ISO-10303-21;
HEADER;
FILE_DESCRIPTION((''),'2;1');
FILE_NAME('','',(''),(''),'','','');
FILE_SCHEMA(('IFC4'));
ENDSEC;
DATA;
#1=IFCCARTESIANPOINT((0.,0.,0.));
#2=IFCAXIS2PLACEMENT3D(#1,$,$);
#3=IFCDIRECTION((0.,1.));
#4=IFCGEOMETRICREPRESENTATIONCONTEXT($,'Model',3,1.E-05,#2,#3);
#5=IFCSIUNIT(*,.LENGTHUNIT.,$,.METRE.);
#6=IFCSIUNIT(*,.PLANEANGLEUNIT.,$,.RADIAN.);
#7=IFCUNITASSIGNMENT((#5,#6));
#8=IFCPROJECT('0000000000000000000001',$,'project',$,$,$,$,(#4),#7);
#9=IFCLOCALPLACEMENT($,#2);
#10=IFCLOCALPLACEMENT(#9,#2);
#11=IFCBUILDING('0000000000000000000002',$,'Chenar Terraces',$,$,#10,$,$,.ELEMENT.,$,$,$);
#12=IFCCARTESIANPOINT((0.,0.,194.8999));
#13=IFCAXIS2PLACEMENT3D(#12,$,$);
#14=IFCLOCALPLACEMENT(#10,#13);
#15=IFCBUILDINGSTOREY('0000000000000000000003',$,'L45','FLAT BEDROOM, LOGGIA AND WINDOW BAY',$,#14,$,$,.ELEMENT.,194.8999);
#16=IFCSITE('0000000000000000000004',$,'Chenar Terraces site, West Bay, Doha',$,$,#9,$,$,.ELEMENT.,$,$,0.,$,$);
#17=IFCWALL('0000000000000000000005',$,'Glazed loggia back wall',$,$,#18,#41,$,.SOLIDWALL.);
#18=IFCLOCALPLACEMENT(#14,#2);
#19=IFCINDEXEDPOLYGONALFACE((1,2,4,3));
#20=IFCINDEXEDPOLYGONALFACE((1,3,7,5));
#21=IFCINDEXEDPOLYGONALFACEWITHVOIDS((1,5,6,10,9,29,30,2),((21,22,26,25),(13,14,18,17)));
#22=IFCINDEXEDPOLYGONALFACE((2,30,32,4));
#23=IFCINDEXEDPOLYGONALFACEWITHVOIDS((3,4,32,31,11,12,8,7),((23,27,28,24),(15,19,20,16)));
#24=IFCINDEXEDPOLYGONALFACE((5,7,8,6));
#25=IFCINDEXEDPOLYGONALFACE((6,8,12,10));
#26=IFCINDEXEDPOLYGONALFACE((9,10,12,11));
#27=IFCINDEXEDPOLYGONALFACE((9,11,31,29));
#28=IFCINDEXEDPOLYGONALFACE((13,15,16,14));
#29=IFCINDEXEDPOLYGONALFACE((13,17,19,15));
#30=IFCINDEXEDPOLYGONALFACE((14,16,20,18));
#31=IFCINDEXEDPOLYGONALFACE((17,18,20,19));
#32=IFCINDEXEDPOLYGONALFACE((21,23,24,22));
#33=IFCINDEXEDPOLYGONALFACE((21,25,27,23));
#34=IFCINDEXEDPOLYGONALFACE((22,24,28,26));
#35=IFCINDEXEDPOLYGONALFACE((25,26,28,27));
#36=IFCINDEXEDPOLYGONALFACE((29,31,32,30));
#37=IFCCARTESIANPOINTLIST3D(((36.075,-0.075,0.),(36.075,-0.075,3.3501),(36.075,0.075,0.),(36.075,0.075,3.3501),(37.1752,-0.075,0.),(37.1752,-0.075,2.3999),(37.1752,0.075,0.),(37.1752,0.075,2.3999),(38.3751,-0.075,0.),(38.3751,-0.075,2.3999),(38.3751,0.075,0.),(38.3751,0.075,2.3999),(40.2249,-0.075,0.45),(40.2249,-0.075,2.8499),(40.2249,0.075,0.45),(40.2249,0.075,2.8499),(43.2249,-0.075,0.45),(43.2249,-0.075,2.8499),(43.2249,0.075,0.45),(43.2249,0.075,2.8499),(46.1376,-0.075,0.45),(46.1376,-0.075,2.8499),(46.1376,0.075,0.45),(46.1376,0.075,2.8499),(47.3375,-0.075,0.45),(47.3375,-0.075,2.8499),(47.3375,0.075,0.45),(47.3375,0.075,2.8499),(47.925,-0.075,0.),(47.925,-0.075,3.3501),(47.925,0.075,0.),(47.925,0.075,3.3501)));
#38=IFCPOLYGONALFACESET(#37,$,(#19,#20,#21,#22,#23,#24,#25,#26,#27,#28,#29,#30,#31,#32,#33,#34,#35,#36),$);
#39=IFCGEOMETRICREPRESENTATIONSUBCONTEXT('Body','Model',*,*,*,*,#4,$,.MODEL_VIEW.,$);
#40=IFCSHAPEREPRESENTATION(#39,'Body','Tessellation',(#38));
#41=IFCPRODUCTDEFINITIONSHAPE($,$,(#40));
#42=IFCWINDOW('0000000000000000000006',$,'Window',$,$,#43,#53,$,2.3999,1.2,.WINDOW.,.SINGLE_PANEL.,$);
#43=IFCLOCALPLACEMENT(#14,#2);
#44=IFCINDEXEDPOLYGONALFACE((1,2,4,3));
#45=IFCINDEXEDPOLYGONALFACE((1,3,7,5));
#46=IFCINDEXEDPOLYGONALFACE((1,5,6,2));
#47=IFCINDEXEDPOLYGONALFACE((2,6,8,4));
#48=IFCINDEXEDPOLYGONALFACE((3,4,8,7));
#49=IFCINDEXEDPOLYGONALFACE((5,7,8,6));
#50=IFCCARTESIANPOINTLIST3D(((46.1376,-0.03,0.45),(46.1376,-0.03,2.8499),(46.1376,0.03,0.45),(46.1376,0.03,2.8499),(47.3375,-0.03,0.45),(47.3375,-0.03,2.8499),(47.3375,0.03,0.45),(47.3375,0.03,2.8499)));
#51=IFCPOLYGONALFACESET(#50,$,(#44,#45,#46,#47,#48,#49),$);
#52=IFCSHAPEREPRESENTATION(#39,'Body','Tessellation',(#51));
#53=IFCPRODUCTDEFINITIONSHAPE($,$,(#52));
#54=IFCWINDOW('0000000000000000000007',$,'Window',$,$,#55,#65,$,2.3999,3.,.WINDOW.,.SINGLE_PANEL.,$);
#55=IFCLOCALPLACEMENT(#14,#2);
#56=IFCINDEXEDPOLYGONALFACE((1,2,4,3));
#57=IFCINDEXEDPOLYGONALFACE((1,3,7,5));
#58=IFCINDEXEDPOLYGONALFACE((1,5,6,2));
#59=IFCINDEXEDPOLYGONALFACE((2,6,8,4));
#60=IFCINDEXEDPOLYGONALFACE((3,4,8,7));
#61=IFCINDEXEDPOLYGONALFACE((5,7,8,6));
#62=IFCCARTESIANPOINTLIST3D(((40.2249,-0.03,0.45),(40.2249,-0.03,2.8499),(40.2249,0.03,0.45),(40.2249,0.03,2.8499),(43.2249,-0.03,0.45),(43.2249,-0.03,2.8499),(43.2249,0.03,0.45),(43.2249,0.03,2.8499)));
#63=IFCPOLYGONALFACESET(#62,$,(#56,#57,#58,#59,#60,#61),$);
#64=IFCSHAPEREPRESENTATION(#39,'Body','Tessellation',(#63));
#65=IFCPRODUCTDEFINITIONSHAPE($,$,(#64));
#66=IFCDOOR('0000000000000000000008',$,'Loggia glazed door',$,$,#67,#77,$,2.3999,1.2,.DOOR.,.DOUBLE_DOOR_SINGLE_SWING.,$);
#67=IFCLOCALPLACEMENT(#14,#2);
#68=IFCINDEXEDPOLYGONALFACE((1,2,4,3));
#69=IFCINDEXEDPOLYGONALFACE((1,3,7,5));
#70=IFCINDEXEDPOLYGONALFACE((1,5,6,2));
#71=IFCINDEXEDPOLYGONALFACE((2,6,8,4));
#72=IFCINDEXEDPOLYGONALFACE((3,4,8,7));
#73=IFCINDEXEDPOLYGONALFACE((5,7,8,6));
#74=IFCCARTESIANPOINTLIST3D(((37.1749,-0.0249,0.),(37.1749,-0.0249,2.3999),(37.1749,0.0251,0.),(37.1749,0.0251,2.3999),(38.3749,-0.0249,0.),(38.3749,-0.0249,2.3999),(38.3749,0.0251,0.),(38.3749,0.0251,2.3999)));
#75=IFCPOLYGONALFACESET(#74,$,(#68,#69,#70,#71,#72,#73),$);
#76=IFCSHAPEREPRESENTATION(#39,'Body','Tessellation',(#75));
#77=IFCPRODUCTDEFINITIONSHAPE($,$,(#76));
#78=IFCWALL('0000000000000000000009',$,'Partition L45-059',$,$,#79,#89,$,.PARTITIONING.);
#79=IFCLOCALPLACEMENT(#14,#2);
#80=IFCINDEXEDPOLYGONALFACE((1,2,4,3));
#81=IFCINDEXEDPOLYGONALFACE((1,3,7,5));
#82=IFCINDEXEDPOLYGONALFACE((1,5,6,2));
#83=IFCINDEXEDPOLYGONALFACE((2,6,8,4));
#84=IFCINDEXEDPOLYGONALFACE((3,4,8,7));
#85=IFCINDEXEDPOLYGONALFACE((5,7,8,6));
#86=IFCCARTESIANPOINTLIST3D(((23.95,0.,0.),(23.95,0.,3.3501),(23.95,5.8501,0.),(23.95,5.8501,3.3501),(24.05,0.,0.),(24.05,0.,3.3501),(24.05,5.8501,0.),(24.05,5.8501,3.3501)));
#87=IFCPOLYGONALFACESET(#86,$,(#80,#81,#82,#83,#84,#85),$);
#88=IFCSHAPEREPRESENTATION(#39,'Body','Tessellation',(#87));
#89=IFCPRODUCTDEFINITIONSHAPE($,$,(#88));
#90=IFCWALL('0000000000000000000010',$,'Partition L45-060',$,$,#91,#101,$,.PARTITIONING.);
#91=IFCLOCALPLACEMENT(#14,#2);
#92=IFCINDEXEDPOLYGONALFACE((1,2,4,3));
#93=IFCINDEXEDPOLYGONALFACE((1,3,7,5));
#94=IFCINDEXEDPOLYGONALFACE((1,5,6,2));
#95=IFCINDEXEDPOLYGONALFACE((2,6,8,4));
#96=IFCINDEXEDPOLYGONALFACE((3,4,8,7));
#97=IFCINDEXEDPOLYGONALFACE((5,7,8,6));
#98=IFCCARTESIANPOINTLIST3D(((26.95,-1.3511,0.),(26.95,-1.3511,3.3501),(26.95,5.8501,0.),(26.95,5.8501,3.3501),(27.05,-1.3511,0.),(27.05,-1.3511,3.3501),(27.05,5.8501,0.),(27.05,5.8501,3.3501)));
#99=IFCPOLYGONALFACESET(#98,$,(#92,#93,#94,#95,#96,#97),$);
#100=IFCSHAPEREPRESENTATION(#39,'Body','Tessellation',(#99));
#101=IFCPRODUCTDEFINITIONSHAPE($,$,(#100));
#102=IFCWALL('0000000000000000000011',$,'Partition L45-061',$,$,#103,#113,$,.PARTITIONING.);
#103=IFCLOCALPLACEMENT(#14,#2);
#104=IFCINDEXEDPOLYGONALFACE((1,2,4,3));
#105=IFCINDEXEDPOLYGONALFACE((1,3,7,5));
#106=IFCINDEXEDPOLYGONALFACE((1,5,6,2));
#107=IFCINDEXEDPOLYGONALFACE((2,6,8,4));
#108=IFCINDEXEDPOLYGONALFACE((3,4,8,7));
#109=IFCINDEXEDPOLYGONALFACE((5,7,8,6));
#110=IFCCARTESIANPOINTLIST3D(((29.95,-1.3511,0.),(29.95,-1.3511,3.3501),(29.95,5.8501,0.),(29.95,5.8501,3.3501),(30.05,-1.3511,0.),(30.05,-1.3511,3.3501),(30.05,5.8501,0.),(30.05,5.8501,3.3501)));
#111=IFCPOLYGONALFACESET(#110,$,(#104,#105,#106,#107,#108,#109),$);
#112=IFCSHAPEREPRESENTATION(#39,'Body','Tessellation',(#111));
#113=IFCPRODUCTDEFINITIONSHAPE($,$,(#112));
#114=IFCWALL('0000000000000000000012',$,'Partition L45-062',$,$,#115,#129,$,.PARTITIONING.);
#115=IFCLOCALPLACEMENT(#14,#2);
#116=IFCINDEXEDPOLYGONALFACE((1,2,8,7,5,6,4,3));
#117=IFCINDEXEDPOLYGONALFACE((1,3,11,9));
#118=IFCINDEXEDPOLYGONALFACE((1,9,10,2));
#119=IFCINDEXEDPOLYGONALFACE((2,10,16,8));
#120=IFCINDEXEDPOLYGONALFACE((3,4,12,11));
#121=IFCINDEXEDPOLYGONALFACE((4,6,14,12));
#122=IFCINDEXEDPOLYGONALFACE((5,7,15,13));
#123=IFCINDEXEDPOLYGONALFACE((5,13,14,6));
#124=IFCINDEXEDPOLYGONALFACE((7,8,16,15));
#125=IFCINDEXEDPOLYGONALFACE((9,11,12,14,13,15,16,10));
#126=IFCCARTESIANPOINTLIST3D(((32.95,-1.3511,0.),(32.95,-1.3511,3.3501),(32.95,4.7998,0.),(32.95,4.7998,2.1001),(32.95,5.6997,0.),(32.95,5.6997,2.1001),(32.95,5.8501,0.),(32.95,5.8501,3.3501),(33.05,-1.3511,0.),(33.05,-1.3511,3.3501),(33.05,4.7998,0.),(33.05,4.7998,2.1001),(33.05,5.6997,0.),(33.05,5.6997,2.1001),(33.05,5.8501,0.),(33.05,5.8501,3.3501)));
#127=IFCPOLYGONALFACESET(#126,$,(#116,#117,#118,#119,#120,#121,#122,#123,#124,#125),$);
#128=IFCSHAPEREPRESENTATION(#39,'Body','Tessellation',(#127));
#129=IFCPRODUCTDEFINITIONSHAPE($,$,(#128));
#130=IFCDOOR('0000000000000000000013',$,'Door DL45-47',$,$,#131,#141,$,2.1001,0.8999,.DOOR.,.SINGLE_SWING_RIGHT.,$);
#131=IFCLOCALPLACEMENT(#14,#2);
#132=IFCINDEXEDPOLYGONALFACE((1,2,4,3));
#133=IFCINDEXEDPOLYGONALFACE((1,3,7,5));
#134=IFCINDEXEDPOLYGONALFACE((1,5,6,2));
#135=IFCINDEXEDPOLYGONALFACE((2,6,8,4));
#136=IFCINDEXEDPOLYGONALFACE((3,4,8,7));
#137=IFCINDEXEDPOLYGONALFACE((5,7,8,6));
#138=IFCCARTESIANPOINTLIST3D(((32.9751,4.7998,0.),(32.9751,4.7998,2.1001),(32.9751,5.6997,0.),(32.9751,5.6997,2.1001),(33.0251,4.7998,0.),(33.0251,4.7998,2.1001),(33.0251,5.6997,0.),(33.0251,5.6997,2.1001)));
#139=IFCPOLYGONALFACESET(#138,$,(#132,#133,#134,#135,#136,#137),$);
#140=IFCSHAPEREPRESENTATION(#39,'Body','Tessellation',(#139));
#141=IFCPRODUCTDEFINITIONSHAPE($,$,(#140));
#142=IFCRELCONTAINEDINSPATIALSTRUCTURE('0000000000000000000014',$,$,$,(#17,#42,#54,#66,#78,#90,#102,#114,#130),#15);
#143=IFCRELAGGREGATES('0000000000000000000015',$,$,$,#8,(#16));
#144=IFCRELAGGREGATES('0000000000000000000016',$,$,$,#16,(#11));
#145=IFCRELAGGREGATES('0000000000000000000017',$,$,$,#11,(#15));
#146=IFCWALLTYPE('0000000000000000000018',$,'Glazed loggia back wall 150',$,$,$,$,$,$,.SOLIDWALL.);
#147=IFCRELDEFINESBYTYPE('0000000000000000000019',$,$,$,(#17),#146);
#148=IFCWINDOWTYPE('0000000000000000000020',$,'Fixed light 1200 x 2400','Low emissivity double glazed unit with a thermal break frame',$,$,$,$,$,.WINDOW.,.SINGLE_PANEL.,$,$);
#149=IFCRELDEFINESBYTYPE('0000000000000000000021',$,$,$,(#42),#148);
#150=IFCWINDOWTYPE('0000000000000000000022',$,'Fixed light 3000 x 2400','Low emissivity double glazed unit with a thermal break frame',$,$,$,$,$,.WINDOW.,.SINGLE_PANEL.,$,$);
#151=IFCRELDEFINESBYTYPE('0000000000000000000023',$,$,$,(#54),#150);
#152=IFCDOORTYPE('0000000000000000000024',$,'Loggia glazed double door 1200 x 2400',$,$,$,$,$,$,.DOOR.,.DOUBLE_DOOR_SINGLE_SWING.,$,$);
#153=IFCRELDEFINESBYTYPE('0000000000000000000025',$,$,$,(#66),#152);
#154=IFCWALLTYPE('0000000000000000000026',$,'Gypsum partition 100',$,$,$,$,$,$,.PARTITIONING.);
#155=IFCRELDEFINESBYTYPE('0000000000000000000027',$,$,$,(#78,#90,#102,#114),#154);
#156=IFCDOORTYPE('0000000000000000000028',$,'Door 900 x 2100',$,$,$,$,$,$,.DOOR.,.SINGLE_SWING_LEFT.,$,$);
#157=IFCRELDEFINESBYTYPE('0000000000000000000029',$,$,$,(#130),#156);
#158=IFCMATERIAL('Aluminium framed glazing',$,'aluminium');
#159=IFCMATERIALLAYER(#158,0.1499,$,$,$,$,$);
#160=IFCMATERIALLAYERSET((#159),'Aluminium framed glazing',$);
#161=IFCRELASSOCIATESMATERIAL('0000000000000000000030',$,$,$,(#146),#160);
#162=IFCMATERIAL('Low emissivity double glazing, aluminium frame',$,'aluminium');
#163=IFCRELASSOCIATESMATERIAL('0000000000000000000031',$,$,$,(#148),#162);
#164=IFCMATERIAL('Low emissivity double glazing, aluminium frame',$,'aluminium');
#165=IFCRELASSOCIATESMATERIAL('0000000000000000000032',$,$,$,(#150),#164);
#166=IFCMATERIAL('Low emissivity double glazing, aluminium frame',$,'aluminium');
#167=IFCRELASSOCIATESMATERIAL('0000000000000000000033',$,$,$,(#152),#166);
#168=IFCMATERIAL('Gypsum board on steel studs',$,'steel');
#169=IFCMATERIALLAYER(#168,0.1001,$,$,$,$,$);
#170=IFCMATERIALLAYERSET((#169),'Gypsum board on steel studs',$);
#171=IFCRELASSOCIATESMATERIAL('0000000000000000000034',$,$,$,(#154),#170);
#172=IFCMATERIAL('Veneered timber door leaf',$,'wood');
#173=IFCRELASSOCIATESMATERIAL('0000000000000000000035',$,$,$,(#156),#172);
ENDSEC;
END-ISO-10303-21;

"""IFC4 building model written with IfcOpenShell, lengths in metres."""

from ifc_helpers import new_model, si_unit, direction, frame, frame_2d, origin, place, context, subcontext, project, spatial, rectangle, extrude, material, layer, layer_set, type_object, element, fill, save


model = new_model("IFC4")

# Units and contexts
model_context = context("Model", 3, precision=1e-05, world=origin(), true_north=direction((0.0, 1.0)))
body_context = subcontext(model_context, "Body", "Model", "MODEL_VIEW")
ifc_project = project(units=[si_unit("LENGTHUNIT", "METRE"), si_unit("PLANEANGLEUNIT", "RADIAN")], contexts=[model_context])

# Site, building, storey
site_placement = place(None, origin())
site = spatial("IfcSite", under=ifc_project, at=site_placement, Name="Chenar Terraces site, West Bay, Doha", CompositionType="ELEMENT", RefElevation=0.0)
building_placement = place(site_placement, origin())
building = spatial("IfcBuilding", under=site, at=building_placement, Name="Chenar Terraces", CompositionType="ELEMENT")
storey_placement = place(building_placement, frame((0.0, 0.0, 194.8999)))
storey = spatial("IfcBuildingStorey", under=building, at=storey_placement, Name="L45", Description="FLAT BEDROOM, LOGGIA AND WINDOW BAY", CompositionType="ELEMENT", Elevation=194.8999)

# Wall, openings, windows, door
ifc_material_1 = material(Name="Aluminium framed glazing", Category="aluminium")
ifc_layer_1 = layer(ifc_material_1, 0.1499)
ifc_layer_set_1 = layer_set([ifc_layer_1], Name="Aluminium framed glazing")
wall_type_1 = type_object("IfcWallType", Name="Glazed loggia back wall 150", PredefinedType="SOLIDWALL", material=ifc_layer_set_1)
wall_1_placement = place(storey_placement, frame((36.075, 0.0, 0.0), z_axis=(0.0, 0.0, 1.0), x_axis=(1.0, 0.0, 0.0)))
wall_1 = element("IfcWall", 1, at=wall_1_placement, inside=storey, type_object=wall_type_1, Name="Glazed loggia back wall", PredefinedType="SOLIDWALL", context=body_context, shape_type="SweptSolid", body=[
    extrude(rectangle(XDim=11.8501, YDim=0.1499, at=frame_2d((5.925, 0.0))), origin(), (0.0, 0.0, 1.0), 3.3501),
])
opening_1_placement = place(wall_1_placement, frame((1.1001, 0.0, 0.0)))
opening_1 = element("IfcOpeningElement", 2, at=opening_1_placement, cuts=wall_1, PredefinedType="OPENING", context=body_context, shape_type="SweptSolid", body=[
    extrude(rectangle(XDim=1.2, YDim=2.3999, at=frame_2d((0.6001, 1.2))), frame((0.0, 0.085, 0.0), z_axis=(0.0, -1.0, 0.0), x_axis=(1.0, 0.0, 0.0)), (0.0, 0.0, 1.0), 0.1699),
])
opening_2_placement = place(wall_1_placement, frame((4.1499, 0.0, 0.45)))
opening_2 = element("IfcOpeningElement", 3, at=opening_2_placement, cuts=wall_1, PredefinedType="OPENING", context=body_context, shape_type="SweptSolid", body=[
    extrude(rectangle(XDim=3.0, YDim=2.3999, at=frame_2d((1.5, 1.2))), frame((0.0, 0.085, 0.0), z_axis=(0.0, -1.0, 0.0), x_axis=(1.0, 0.0, 0.0)), (0.0, 0.0, 1.0), 0.1699),
])
opening_3_placement = place(wall_1_placement, frame((10.0625, 0.0, 0.45)))
opening_3 = element("IfcOpeningElement", 4, at=opening_3_placement, cuts=wall_1, PredefinedType="OPENING", context=body_context, shape_type="SweptSolid", body=[
    extrude(rectangle(XDim=1.2, YDim=2.3999, at=frame_2d((0.6001, 1.2))), frame((0.0, 0.085, 0.0), z_axis=(0.0, -1.0, 0.0), x_axis=(1.0, 0.0, 0.0)), (0.0, 0.0, 1.0), 0.1699),
])
ifc_material_2 = material(Name="Low emissivity double glazing, aluminium frame", Category="aluminium")
window_type_1 = type_object("IfcWindowType", Name="Fixed light 1200 x 2400", Description="Low emissivity double glazed unit with a thermal break frame", PartitioningType="SINGLE_PANEL", PredefinedType="WINDOW", material=ifc_material_2)
window_1_placement = place(opening_3_placement, origin())
window_1 = element("IfcWindow", 5, at=window_1_placement, inside=storey, type_object=window_type_1, Name="Window", OverallHeight=2.3999, OverallWidth=1.2, PartitioningType="SINGLE_PANEL", PredefinedType="WINDOW", context=body_context, shape_type="SweptSolid", body=[
    extrude(rectangle(XDim=1.2, YDim=2.3999, at=frame_2d((0.6001, 1.2))), frame((0.0, 0.03, 0.0), z_axis=(0.0, -1.0, 0.0), x_axis=(1.0, 0.0, 0.0)), (0.0, 0.0, 1.0), 0.0601),
])
fill(opening_3, window_1)
ifc_material_3 = material(Name="Low emissivity double glazing, aluminium frame", Category="aluminium")
window_type_2 = type_object("IfcWindowType", Name="Fixed light 3000 x 2400", Description="Low emissivity double glazed unit with a thermal break frame", PartitioningType="SINGLE_PANEL", PredefinedType="WINDOW", material=ifc_material_3)
window_2_placement = place(opening_2_placement, origin())
window_2 = element("IfcWindow", 6, at=window_2_placement, inside=storey, type_object=window_type_2, Name="Window", OverallHeight=2.3999, OverallWidth=3.0, PartitioningType="SINGLE_PANEL", PredefinedType="WINDOW", context=body_context, shape_type="SweptSolid", body=[
    extrude(rectangle(XDim=3.0, YDim=2.3999, at=frame_2d((1.5, 1.2))), frame((0.0, 0.03, 0.0), z_axis=(0.0, -1.0, 0.0), x_axis=(1.0, 0.0, 0.0)), (0.0, 0.0, 1.0), 0.0601),
])
fill(opening_2, window_2)
ifc_material_4 = material(Name="Low emissivity double glazing, aluminium frame", Category="aluminium")
door_type_1 = type_object("IfcDoorType", Name="Loggia glazed double door 1200 x 2400", OperationType="DOUBLE_DOOR_SINGLE_SWING", PredefinedType="DOOR", material=ifc_material_4)
door_1_placement = place(opening_1_placement, frame((1.2, 0.0, 0.0), z_axis=(0.0, 0.0, 1.0), x_axis=(-1.0, 0.0, 0.0)))
door_1 = element("IfcDoor", 7, at=door_1_placement, inside=storey, type_object=door_type_1, Name="Loggia glazed door", OperationType="DOUBLE_DOOR_SINGLE_SWING", OverallHeight=2.3999, OverallWidth=1.2, PredefinedType="DOOR", context=body_context, shape_type="SweptSolid", body=[
    extrude(rectangle(XDim=1.2, YDim=2.3999, at=frame_2d((0.6001, 1.2))), frame((0.0, 0.0249, 0.0), z_axis=(0.0, -1.0, 0.0), x_axis=(1.0, 0.0, 0.0)), (0.0, 0.0, 1.0), 0.05),
])
fill(opening_1, door_1)

# Walls
ifc_material_5 = material(Name="Gypsum board on steel studs", Category="steel")
ifc_layer_2 = layer(ifc_material_5, 0.1001)
ifc_layer_set_2 = layer_set([ifc_layer_2], Name="Gypsum board on steel studs")
wall_type_2 = type_object("IfcWallType", Name="Gypsum partition 100", PredefinedType="PARTITIONING", material=ifc_layer_set_2)
wall_2_placement = place(storey_placement, frame((24.0, 0.0, 0.0), z_axis=(0.0, 0.0, 1.0), x_axis=(0.0, 1.0, 0.0)))
element("IfcWall", 8, at=wall_2_placement, inside=storey, type_object=wall_type_2, Name="Partition L45-059", PredefinedType="PARTITIONING", context=body_context, shape_type="SweptSolid", body=[
    extrude(rectangle(XDim=5.8501, YDim=0.1001, at=frame_2d((2.925, 0.0))), origin(), (0.0, 0.0, 1.0), 3.3501),
])
for number, where, z_axis, x_axis, name in (
    (9, (27.0, -1.3511, 0.0), (0.0, 0.0, 1.0), (0.0, 1.0, 0.0), "Partition L45-060"),
    (10, (30.0, -1.3511, 0.0), (0.0, 0.0, 1.0), (0.0, 1.0, 0.0), "Partition L45-061"),
):
    element("IfcWall", number, at=place(storey_placement, frame(where, z_axis=z_axis, x_axis=x_axis)), inside=storey, type_object=wall_type_2, Name=name, PredefinedType="PARTITIONING", context=body_context, shape_type="SweptSolid", body=[
        extrude(rectangle(XDim=7.2012, YDim=0.1001, at=frame_2d((3.6006, 0.0))), origin(), (0.0, 0.0, 1.0), 3.3501),
    ])

# Wall, opening, door
wall_3_placement = place(storey_placement, frame((33.0, -1.3511, 0.0), z_axis=(0.0, 0.0, 1.0), x_axis=(0.0, 1.0, 0.0)))
wall_3 = element("IfcWall", 11, at=wall_3_placement, inside=storey, type_object=wall_type_2, Name="Partition L45-062", PredefinedType="PARTITIONING", context=body_context, shape_type="SweptSolid", body=[
    extrude(rectangle(XDim=7.2012, YDim=0.1001, at=frame_2d((3.6006, 0.0))), origin(), (0.0, 0.0, 1.0), 3.3501),
])
opening_4_placement = place(wall_3_placement, frame((6.1509, 0.0, 0.0)))
opening_4 = element("IfcOpeningElement", 12, at=opening_4_placement, cuts=wall_3, PredefinedType="OPENING", context=body_context, shape_type="SweptSolid", body=[
    extrude(rectangle(XDim=0.8999, YDim=2.1001, at=frame_2d((0.45, 1.05))), frame((0.0, 0.0601, 0.0), z_axis=(0.0, -1.0, 0.0), x_axis=(1.0, 0.0, 0.0)), (0.0, 0.0, 1.0), 0.1201),
])
ifc_material_6 = material(Name="Veneered timber door leaf", Category="wood")
door_type_2 = type_object("IfcDoorType", Name="Door 900 x 2100", OperationType="SINGLE_SWING_LEFT", PredefinedType="DOOR", material=ifc_material_6)
door_2_placement = place(opening_4_placement, origin())
door_2 = element("IfcDoor", 13, at=door_2_placement, inside=storey, type_object=door_type_2, Name="Door DL45-47", OperationType="SINGLE_SWING_RIGHT", OverallHeight=2.1001, OverallWidth=0.8999, PredefinedType="DOOR", context=body_context, shape_type="SweptSolid", body=[
    extrude(rectangle(XDim=0.8999, YDim=2.1001, at=frame_2d((0.45, 1.05))), frame((0.0, 0.0249, 0.0), z_axis=(0.0, -1.0, 0.0), x_axis=(1.0, 0.0, 0.0)), (0.0, 0.0, 1.0), 0.05),
])
fill(opening_4, door_2)

save(model, "model.ifc")
